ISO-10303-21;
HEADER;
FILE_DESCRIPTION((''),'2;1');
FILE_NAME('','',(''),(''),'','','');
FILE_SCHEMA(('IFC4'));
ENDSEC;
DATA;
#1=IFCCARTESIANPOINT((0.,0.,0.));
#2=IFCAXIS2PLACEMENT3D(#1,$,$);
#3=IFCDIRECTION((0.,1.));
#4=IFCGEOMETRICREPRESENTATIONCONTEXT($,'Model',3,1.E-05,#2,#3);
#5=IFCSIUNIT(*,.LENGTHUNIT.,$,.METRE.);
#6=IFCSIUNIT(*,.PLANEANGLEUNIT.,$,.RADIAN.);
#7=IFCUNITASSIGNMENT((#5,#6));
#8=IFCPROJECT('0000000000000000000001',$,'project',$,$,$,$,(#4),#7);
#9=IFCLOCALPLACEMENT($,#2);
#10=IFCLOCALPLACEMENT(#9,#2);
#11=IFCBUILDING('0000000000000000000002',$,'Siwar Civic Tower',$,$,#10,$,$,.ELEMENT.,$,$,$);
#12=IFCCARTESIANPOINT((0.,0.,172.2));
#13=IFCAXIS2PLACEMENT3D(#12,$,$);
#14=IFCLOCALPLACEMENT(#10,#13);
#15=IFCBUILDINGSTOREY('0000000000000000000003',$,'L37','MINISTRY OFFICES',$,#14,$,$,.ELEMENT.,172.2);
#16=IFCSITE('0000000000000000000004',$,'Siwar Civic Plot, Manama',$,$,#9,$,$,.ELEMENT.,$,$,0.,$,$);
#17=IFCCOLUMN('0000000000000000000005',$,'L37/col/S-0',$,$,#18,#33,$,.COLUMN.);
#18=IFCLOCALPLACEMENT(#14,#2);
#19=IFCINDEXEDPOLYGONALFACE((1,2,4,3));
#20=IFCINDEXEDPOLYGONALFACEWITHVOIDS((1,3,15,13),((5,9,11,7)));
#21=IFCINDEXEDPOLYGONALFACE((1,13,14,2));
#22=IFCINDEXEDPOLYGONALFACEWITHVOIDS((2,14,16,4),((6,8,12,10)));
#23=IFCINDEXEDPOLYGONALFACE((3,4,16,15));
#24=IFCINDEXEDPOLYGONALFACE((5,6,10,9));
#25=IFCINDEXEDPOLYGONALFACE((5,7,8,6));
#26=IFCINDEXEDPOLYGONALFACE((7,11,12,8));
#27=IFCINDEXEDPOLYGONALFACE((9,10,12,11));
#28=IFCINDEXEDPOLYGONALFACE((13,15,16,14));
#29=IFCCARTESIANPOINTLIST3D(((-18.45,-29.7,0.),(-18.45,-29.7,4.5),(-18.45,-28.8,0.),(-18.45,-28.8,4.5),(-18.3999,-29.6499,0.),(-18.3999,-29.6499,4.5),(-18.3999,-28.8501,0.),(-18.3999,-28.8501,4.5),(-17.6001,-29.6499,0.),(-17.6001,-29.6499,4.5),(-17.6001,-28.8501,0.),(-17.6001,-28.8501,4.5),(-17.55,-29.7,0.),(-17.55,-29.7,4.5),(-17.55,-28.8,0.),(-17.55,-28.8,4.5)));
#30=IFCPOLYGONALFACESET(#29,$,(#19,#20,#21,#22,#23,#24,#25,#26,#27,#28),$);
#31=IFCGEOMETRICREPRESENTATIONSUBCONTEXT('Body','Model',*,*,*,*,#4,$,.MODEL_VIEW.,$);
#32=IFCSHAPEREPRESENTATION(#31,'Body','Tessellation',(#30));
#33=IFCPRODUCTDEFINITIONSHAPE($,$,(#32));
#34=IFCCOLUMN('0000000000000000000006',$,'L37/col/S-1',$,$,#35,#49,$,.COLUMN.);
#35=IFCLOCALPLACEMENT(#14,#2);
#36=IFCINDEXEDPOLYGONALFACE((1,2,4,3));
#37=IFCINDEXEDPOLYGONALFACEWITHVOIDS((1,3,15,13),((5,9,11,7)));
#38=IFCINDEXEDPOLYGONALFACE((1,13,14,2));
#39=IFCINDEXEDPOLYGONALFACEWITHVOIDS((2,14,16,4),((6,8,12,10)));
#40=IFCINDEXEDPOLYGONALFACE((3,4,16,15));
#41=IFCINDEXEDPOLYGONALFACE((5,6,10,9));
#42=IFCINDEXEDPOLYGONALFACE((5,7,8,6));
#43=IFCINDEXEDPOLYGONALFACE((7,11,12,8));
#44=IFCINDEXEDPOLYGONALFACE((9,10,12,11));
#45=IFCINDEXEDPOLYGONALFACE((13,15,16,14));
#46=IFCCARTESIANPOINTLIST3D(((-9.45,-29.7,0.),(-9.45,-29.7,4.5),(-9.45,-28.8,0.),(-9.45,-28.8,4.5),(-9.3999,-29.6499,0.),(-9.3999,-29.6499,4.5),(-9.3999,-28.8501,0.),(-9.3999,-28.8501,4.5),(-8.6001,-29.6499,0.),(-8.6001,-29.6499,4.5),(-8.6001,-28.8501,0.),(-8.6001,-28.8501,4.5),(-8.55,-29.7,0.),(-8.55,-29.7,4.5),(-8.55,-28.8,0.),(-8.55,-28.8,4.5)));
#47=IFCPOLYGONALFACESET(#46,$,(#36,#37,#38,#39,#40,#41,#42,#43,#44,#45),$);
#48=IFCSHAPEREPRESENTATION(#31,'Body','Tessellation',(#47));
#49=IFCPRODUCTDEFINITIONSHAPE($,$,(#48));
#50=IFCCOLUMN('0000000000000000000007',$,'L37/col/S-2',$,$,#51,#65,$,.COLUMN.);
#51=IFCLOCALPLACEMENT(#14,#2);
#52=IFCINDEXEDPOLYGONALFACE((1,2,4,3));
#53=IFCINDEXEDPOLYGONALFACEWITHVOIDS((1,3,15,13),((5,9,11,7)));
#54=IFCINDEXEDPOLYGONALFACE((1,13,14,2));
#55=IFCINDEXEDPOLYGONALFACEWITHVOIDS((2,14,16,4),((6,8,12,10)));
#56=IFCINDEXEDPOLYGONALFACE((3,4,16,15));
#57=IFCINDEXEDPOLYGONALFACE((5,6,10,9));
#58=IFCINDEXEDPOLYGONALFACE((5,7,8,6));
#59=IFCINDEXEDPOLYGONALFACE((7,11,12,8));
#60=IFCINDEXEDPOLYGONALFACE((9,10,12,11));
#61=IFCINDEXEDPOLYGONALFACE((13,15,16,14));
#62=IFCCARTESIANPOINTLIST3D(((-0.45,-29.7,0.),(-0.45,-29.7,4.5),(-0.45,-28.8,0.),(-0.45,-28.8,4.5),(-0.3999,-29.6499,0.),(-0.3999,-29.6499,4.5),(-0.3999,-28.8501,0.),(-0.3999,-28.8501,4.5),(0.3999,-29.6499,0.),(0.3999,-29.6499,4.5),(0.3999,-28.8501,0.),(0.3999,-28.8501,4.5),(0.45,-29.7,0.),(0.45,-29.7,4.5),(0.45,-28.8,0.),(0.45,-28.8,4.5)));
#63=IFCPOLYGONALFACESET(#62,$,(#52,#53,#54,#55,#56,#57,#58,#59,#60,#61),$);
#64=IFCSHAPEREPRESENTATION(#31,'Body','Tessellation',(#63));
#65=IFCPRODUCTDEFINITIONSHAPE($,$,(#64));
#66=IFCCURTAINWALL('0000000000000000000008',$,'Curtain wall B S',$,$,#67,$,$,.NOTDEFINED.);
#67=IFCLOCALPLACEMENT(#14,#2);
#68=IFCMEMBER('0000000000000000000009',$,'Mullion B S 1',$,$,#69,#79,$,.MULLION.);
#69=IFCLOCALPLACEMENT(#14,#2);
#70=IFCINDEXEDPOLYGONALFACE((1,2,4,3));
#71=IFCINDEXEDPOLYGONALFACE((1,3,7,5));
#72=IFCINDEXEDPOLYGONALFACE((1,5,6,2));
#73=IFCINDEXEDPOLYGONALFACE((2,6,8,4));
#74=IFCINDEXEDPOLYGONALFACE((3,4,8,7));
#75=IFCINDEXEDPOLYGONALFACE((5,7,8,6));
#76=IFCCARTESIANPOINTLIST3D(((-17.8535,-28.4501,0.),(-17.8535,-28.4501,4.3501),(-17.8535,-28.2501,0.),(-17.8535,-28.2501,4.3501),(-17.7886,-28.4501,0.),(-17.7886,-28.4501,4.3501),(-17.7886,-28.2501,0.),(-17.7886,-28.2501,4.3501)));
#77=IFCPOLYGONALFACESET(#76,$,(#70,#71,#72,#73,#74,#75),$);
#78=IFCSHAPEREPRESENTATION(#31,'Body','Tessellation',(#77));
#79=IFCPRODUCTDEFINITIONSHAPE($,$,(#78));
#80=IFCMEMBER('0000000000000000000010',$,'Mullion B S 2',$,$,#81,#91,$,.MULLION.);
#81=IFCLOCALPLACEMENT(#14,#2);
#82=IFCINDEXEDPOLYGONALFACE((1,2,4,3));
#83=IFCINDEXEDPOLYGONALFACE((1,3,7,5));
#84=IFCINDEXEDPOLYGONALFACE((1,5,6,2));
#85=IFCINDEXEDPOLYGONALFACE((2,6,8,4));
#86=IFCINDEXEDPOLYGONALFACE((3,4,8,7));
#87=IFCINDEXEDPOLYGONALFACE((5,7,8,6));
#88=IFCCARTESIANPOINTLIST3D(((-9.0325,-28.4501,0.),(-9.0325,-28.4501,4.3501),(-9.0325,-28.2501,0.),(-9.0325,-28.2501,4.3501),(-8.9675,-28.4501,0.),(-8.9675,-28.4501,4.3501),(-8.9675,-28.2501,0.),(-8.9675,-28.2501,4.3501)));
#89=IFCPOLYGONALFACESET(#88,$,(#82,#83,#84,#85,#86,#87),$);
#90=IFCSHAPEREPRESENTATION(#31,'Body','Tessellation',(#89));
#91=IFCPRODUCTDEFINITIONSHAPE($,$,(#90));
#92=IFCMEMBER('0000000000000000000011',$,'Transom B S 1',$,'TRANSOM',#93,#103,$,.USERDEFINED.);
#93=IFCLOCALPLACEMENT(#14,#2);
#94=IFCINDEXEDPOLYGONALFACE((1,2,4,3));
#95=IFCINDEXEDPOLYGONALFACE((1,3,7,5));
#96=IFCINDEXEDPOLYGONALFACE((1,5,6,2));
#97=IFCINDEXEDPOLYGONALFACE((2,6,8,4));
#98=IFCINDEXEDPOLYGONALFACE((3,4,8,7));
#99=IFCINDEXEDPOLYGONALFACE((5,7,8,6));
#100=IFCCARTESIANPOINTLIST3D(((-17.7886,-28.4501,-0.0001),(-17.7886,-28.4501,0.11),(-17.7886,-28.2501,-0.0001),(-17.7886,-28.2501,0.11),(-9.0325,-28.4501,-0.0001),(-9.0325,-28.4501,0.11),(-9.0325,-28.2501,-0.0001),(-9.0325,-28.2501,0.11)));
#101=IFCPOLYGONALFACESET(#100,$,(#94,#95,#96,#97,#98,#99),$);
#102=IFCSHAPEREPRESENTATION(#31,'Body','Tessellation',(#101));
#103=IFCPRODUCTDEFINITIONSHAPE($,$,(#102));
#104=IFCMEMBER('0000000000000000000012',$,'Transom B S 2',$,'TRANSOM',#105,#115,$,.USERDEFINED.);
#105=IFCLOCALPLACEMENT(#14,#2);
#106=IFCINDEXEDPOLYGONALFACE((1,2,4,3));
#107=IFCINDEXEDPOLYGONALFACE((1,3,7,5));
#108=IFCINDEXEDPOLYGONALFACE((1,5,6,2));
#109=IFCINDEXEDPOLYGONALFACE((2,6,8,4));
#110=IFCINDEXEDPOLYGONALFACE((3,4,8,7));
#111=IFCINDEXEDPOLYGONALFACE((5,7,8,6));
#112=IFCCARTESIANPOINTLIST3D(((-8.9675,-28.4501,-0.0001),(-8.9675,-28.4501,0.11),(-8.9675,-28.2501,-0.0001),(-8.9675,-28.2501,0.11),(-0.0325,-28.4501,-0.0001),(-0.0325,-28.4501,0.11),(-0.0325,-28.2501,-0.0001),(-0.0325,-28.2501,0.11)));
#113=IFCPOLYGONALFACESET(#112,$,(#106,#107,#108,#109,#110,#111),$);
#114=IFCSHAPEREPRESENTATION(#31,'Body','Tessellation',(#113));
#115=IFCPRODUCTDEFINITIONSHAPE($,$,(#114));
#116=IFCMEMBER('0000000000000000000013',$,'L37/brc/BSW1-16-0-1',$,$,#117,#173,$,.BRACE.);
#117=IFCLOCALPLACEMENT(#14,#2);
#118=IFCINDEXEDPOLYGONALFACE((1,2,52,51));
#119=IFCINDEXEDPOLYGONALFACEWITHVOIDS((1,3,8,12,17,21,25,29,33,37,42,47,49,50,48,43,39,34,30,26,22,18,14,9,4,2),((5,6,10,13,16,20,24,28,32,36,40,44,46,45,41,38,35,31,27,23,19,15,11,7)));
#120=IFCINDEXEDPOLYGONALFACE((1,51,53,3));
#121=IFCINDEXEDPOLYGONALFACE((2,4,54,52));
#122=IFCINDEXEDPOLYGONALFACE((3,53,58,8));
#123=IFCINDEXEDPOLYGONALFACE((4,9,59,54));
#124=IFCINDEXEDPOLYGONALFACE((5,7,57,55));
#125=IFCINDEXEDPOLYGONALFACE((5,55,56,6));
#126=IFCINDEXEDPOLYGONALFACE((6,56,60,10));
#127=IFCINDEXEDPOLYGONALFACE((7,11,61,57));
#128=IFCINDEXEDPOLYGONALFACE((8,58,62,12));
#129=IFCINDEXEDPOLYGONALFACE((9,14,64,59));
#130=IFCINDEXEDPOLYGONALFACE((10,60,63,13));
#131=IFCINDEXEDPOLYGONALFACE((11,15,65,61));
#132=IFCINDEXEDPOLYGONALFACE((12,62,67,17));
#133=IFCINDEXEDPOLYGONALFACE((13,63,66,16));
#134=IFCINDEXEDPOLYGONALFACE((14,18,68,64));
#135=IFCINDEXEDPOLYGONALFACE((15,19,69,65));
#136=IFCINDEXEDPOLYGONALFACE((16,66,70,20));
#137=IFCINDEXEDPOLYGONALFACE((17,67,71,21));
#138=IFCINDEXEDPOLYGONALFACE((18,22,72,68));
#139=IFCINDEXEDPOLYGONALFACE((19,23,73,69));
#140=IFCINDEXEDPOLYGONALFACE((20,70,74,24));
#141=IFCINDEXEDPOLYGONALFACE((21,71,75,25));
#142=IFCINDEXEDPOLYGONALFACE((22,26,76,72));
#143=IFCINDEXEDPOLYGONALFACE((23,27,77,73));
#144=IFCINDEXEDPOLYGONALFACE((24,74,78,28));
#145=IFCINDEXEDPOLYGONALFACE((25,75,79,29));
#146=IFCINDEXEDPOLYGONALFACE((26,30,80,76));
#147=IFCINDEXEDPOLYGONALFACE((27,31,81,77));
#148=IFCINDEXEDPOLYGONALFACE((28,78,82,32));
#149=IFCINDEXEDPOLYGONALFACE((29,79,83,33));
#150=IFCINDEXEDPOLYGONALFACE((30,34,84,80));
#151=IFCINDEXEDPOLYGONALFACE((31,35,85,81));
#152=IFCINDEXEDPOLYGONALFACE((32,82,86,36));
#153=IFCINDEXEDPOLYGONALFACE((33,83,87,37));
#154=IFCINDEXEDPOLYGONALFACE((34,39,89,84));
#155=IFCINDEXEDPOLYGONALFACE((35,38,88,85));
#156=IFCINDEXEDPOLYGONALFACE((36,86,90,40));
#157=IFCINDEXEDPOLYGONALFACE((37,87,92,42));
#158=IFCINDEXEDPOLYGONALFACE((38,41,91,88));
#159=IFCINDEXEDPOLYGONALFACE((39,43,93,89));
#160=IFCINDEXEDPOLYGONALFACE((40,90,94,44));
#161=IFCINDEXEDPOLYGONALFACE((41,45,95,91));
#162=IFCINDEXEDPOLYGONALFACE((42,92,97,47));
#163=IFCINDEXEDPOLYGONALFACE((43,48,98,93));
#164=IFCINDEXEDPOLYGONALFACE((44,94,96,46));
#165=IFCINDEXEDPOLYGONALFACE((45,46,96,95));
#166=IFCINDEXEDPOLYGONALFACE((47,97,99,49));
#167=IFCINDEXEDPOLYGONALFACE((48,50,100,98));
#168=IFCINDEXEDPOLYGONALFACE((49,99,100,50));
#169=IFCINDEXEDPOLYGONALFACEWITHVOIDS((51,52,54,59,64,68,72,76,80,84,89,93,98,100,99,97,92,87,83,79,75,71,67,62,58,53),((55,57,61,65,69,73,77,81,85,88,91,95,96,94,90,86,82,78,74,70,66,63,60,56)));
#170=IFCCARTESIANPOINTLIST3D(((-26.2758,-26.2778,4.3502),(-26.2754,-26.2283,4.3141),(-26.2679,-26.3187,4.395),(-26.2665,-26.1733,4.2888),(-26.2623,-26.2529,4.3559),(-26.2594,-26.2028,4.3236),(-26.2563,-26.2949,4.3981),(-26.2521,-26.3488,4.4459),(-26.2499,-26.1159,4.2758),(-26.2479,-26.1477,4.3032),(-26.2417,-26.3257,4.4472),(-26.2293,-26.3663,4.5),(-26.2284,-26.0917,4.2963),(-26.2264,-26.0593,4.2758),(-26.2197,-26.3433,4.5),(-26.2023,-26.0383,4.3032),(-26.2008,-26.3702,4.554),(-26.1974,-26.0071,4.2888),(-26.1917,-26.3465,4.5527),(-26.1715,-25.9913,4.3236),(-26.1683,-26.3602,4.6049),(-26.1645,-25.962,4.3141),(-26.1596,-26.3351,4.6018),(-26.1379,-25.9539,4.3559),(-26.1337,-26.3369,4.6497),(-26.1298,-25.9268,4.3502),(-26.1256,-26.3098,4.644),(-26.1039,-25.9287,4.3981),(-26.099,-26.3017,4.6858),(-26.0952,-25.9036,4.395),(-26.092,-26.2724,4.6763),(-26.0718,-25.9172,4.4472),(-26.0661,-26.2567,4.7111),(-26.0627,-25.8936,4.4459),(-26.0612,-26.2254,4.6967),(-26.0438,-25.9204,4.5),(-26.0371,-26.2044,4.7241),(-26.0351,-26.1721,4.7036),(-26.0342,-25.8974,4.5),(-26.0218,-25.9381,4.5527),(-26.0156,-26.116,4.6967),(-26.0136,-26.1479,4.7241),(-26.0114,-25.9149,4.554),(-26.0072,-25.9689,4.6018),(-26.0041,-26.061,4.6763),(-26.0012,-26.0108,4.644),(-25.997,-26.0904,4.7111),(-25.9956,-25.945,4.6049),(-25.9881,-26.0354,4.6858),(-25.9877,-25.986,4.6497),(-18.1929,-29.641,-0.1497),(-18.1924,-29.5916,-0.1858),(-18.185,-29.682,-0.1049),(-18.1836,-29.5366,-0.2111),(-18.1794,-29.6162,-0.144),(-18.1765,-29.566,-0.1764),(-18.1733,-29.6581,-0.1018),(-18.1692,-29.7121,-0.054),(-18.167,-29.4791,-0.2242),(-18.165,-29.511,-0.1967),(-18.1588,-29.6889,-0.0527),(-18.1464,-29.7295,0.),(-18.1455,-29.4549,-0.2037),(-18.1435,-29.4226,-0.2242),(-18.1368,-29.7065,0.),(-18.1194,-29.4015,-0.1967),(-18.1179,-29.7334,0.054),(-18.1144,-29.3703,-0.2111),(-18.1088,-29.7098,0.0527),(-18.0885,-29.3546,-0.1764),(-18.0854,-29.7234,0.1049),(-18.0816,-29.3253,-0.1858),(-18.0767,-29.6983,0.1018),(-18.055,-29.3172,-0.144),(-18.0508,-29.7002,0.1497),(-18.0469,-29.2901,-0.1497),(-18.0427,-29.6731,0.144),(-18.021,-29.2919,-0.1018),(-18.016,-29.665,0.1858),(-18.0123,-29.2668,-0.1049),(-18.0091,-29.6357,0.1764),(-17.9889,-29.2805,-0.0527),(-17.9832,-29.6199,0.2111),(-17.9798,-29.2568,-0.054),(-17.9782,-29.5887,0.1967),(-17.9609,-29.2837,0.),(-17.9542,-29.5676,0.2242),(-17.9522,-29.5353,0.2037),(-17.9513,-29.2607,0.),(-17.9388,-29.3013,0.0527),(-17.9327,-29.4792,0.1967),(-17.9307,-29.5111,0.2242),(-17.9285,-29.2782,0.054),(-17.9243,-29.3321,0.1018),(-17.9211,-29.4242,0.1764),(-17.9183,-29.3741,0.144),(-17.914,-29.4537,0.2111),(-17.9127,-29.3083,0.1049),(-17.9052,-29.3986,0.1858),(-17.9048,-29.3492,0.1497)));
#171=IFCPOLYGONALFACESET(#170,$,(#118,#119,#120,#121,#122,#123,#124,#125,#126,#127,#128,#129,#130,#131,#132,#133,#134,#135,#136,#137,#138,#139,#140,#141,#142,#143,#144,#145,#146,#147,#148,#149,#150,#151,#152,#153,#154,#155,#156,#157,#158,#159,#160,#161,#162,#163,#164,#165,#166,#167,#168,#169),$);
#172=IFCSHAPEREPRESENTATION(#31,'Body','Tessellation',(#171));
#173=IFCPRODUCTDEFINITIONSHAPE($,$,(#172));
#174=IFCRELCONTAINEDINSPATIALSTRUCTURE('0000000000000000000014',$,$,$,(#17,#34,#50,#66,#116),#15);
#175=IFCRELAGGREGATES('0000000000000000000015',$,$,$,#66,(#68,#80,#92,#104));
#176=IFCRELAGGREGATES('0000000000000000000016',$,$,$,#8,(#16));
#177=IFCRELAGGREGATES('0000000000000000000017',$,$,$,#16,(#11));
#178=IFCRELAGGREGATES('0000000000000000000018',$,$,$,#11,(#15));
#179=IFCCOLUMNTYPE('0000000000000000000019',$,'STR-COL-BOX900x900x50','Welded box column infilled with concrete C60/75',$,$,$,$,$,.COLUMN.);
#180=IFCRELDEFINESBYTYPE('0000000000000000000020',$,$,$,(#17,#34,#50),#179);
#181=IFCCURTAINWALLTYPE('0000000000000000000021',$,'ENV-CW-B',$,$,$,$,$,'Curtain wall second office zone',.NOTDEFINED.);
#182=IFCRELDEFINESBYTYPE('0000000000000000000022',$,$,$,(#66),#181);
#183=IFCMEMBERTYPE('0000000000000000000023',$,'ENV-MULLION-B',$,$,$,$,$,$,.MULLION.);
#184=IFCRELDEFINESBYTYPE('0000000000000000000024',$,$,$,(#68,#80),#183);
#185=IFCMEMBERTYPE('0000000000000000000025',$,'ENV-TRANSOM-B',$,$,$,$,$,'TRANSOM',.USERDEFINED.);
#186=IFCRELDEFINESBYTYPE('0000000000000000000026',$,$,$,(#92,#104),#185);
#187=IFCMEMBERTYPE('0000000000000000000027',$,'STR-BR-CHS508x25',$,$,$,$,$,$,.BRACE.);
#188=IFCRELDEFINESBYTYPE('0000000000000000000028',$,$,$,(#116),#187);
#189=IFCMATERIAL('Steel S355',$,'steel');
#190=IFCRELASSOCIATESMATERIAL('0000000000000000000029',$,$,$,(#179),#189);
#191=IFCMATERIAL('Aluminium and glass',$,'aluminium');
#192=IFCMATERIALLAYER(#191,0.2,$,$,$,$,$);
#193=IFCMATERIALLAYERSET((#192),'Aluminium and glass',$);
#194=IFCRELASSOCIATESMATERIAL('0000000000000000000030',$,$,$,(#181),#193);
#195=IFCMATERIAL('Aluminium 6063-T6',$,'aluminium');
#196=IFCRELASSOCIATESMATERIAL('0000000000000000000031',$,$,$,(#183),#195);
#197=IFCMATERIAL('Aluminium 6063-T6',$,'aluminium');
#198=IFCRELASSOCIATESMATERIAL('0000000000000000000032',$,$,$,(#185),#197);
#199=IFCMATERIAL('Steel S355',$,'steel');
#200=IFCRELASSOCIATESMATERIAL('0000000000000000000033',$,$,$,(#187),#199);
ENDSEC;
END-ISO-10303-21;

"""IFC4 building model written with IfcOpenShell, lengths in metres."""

from ifc_helpers import new_model, si_unit, direction, frame, origin, origin_2d, place, context, subcontext, project, spatial, rectangle, hollow_rectangle, hollow_circle, extrude, material, layer, layer_set, material_profile, profile_set, type_object, element, aggregate, save


model = new_model("IFC4")

# Units and contexts
model_context = context("Model", 3, precision=1e-05, world=origin(), true_north=direction((0.0, 1.0)))
body_context = subcontext(model_context, "Body", "Model", "MODEL_VIEW")
ifc_project = project(units=[si_unit("LENGTHUNIT", "METRE"), si_unit("PLANEANGLEUNIT", "RADIAN")], contexts=[model_context])

# Site, building, storey
site_placement = place(None, origin())
site = spatial("IfcSite", under=ifc_project, at=site_placement, Name="Siwar Civic Plot, Manama", CompositionType="ELEMENT", RefElevation=0.0)
building_placement = place(site_placement, origin())
building = spatial("IfcBuilding", under=site, at=building_placement, Name="Siwar Civic Tower", CompositionType="ELEMENT")
storey_placement = place(building_placement, frame((0.0, 0.0, 172.2)))
storey = spatial("IfcBuildingStorey", under=building, at=storey_placement, Name="L37", Description="MINISTRY OFFICES", CompositionType="ELEMENT", Elevation=172.2)

# Columns
ifc_material_1 = material(Name="Steel S355", Category="steel")
ifc_material_profile_1 = material_profile(ifc_material_1, hollow_rectangle(XDim=0.8999, YDim=0.8999, WallThickness=0.05, at=origin_2d()), Name="BOX900x900x50")
ifc_profile_set_1 = profile_set([ifc_material_profile_1], Name="Steel S355")
column_type = type_object("IfcColumnType", Name="STR-COL-BOX900x900x50", Description="Welded box column infilled with concrete C60/75", PredefinedType="COLUMN", material=ifc_profile_set_1)
for number, where, z_axis, x_axis, name in (
    (1, (-18.0, -29.25, 0.0), (0.0, 0.0, 1.0), (1.0, 0.0, 0.0), "L37/col/S-0"),
    (2, (-9.0, -29.25, 0.0), (0.0, 0.0, 1.0), (1.0, 0.0, 0.0), "L37/col/S-1"),
    (3, (0.0, -29.25, 0.0), (0.0, 0.0, 1.0), (1.0, 0.0, 0.0), "L37/col/S-2"),
):
    element("IfcColumn", number, at=place(storey_placement, frame(where, z_axis=z_axis, x_axis=x_axis)), inside=storey, type_object=column_type, Name=name, PredefinedType="COLUMN", context=body_context, shape_type="SweptSolid", body=[
        extrude(hollow_rectangle(XDim=0.8999, YDim=0.8999, WallThickness=0.05, at=origin_2d()), origin(), (0.0, 0.0, 1.0), 4.5),
    ])

# Curtain wall, members
ifc_material_2 = material(Name="Aluminium and glass", Category="aluminium")
ifc_layer_1 = layer(ifc_material_2, 0.2)
ifc_layer_set_1 = layer_set([ifc_layer_1], Name="Aluminium and glass")
curtain_wall_type = type_object("IfcCurtainWallType", Name="ENV-CW-B", ElementType="Curtain wall second office zone", PredefinedType="NOTDEFINED", material=ifc_layer_set_1)
curtain_wall_placement = place(storey_placement, origin())
curtain_wall = element("IfcCurtainWall", 4, at=curtain_wall_placement, inside=storey, type_object=curtain_wall_type, Name="Curtain wall B S", PredefinedType="NOTDEFINED")
ifc_material_3 = material(Name="Aluminium 6063-T6", Category="aluminium")
ifc_material_profile_2 = material_profile(ifc_material_3, rectangle(XDim=0.2, YDim=0.0649, at=origin_2d()), Name="AL 200x65")
ifc_profile_set_2 = profile_set([ifc_material_profile_2], Name="Aluminium 6063-T6")
member_type_1 = type_object("IfcMemberType", Name="ENV-MULLION-B", PredefinedType="MULLION", material=ifc_profile_set_2)
member_1_placement = place(storey_placement, frame((-17.821, -28.3501, 0.0), z_axis=(0.0, 0.0, 1.0), x_axis=(0.0, 1.0, 0.0)))
member_1 = element("IfcMember", 5, at=member_1_placement, type_object=member_type_1, Name="Mullion B S 1", PredefinedType="MULLION", context=body_context, shape_type="SweptSolid", body=[
    extrude(rectangle(XDim=0.2, YDim=0.0649, at=origin_2d()), origin(), (0.0, 0.0, 1.0), 4.3501),
])
member_2_placement = place(storey_placement, frame((-9.0, -28.3501, 0.0), z_axis=(0.0, 0.0, 1.0), x_axis=(0.0, 1.0, 0.0)))
member_2 = element("IfcMember", 6, at=member_2_placement, type_object=member_type_1, Name="Mullion B S 2", PredefinedType="MULLION", context=body_context, shape_type="SweptSolid", body=[
    extrude(rectangle(XDim=0.2, YDim=0.0649, at=origin_2d()), origin(), (0.0, 0.0, 1.0), 4.3501),
])
ifc_material_4 = material(Name="Aluminium 6063-T6", Category="aluminium")
ifc_material_profile_3 = material_profile(ifc_material_4, rectangle(XDim=0.2, YDim=0.1101, at=origin_2d()), Name="AL 200x110")
ifc_profile_set_3 = profile_set([ifc_material_profile_3], Name="Aluminium 6063-T6")
member_type_2 = type_object("IfcMemberType", Name="ENV-TRANSOM-B", ElementType="TRANSOM", PredefinedType="USERDEFINED", material=ifc_profile_set_3)
member_3_placement = place(storey_placement, frame((-17.7886, -28.3501, 0.0549), z_axis=(1.0, 0.0, 0.0), x_axis=(0.0, 1.0, 0.0)))
member_3 = element("IfcMember", 7, at=member_3_placement, type_object=member_type_2, Name="Transom B S 1", ObjectType="TRANSOM", PredefinedType="USERDEFINED", context=body_context, shape_type="SweptSolid", body=[
    extrude(rectangle(XDim=0.2, YDim=0.1101, at=origin_2d()), origin(), (0.0, 0.0, 1.0), 8.7561),
])
member_4_placement = place(storey_placement, frame((-8.9675, -28.3501, 0.0549), z_axis=(1.0, 0.0, 0.0), x_axis=(0.0, 1.0, 0.0)))
member_4 = element("IfcMember", 8, at=member_4_placement, type_object=member_type_2, Name="Transom B S 2", ObjectType="TRANSOM", PredefinedType="USERDEFINED", context=body_context, shape_type="SweptSolid", body=[
    extrude(rectangle(XDim=0.2, YDim=0.1101, at=origin_2d()), origin(), (0.0, 0.0, 1.0), 8.9351),
])

# Member
ifc_material_5 = material(Name="Steel S355", Category="steel")
ifc_material_profile_4 = material_profile(ifc_material_5, hollow_circle(Radius=0.2539, WallThickness=0.0249, at=origin_2d()), Name="CHS508x25")
ifc_profile_set_4 = profile_set([ifc_material_profile_4], Name="Steel S355")
member_type_3 = type_object("IfcMemberType", Name="STR-BR-CHS508x25", PredefinedType="BRACE", material=ifc_profile_set_4)
member_5_placement = place(storey_placement, frame((-18.0488, -29.4951, 0.0), z_axis=(-0.821143, 0.341671, 0.457149), x_axis=(-0.384164, -0.923265, 0.0)))
element("IfcMember", 9, at=member_5_placement, inside=storey, type_object=member_type_3, Name="L37/brc/BSW1-16-0-1", PredefinedType="BRACE", context=body_context, shape_type="SweptSolid", body=[
    extrude(hollow_circle(Radius=0.2539, WallThickness=0.0249, at=origin_2d()), origin(), (0.0, 0.0, 1.0), 9.8435),
])

aggregate(curtain_wall, [member_1, member_2, member_3, member_4])

save(model, "model.ifc")
